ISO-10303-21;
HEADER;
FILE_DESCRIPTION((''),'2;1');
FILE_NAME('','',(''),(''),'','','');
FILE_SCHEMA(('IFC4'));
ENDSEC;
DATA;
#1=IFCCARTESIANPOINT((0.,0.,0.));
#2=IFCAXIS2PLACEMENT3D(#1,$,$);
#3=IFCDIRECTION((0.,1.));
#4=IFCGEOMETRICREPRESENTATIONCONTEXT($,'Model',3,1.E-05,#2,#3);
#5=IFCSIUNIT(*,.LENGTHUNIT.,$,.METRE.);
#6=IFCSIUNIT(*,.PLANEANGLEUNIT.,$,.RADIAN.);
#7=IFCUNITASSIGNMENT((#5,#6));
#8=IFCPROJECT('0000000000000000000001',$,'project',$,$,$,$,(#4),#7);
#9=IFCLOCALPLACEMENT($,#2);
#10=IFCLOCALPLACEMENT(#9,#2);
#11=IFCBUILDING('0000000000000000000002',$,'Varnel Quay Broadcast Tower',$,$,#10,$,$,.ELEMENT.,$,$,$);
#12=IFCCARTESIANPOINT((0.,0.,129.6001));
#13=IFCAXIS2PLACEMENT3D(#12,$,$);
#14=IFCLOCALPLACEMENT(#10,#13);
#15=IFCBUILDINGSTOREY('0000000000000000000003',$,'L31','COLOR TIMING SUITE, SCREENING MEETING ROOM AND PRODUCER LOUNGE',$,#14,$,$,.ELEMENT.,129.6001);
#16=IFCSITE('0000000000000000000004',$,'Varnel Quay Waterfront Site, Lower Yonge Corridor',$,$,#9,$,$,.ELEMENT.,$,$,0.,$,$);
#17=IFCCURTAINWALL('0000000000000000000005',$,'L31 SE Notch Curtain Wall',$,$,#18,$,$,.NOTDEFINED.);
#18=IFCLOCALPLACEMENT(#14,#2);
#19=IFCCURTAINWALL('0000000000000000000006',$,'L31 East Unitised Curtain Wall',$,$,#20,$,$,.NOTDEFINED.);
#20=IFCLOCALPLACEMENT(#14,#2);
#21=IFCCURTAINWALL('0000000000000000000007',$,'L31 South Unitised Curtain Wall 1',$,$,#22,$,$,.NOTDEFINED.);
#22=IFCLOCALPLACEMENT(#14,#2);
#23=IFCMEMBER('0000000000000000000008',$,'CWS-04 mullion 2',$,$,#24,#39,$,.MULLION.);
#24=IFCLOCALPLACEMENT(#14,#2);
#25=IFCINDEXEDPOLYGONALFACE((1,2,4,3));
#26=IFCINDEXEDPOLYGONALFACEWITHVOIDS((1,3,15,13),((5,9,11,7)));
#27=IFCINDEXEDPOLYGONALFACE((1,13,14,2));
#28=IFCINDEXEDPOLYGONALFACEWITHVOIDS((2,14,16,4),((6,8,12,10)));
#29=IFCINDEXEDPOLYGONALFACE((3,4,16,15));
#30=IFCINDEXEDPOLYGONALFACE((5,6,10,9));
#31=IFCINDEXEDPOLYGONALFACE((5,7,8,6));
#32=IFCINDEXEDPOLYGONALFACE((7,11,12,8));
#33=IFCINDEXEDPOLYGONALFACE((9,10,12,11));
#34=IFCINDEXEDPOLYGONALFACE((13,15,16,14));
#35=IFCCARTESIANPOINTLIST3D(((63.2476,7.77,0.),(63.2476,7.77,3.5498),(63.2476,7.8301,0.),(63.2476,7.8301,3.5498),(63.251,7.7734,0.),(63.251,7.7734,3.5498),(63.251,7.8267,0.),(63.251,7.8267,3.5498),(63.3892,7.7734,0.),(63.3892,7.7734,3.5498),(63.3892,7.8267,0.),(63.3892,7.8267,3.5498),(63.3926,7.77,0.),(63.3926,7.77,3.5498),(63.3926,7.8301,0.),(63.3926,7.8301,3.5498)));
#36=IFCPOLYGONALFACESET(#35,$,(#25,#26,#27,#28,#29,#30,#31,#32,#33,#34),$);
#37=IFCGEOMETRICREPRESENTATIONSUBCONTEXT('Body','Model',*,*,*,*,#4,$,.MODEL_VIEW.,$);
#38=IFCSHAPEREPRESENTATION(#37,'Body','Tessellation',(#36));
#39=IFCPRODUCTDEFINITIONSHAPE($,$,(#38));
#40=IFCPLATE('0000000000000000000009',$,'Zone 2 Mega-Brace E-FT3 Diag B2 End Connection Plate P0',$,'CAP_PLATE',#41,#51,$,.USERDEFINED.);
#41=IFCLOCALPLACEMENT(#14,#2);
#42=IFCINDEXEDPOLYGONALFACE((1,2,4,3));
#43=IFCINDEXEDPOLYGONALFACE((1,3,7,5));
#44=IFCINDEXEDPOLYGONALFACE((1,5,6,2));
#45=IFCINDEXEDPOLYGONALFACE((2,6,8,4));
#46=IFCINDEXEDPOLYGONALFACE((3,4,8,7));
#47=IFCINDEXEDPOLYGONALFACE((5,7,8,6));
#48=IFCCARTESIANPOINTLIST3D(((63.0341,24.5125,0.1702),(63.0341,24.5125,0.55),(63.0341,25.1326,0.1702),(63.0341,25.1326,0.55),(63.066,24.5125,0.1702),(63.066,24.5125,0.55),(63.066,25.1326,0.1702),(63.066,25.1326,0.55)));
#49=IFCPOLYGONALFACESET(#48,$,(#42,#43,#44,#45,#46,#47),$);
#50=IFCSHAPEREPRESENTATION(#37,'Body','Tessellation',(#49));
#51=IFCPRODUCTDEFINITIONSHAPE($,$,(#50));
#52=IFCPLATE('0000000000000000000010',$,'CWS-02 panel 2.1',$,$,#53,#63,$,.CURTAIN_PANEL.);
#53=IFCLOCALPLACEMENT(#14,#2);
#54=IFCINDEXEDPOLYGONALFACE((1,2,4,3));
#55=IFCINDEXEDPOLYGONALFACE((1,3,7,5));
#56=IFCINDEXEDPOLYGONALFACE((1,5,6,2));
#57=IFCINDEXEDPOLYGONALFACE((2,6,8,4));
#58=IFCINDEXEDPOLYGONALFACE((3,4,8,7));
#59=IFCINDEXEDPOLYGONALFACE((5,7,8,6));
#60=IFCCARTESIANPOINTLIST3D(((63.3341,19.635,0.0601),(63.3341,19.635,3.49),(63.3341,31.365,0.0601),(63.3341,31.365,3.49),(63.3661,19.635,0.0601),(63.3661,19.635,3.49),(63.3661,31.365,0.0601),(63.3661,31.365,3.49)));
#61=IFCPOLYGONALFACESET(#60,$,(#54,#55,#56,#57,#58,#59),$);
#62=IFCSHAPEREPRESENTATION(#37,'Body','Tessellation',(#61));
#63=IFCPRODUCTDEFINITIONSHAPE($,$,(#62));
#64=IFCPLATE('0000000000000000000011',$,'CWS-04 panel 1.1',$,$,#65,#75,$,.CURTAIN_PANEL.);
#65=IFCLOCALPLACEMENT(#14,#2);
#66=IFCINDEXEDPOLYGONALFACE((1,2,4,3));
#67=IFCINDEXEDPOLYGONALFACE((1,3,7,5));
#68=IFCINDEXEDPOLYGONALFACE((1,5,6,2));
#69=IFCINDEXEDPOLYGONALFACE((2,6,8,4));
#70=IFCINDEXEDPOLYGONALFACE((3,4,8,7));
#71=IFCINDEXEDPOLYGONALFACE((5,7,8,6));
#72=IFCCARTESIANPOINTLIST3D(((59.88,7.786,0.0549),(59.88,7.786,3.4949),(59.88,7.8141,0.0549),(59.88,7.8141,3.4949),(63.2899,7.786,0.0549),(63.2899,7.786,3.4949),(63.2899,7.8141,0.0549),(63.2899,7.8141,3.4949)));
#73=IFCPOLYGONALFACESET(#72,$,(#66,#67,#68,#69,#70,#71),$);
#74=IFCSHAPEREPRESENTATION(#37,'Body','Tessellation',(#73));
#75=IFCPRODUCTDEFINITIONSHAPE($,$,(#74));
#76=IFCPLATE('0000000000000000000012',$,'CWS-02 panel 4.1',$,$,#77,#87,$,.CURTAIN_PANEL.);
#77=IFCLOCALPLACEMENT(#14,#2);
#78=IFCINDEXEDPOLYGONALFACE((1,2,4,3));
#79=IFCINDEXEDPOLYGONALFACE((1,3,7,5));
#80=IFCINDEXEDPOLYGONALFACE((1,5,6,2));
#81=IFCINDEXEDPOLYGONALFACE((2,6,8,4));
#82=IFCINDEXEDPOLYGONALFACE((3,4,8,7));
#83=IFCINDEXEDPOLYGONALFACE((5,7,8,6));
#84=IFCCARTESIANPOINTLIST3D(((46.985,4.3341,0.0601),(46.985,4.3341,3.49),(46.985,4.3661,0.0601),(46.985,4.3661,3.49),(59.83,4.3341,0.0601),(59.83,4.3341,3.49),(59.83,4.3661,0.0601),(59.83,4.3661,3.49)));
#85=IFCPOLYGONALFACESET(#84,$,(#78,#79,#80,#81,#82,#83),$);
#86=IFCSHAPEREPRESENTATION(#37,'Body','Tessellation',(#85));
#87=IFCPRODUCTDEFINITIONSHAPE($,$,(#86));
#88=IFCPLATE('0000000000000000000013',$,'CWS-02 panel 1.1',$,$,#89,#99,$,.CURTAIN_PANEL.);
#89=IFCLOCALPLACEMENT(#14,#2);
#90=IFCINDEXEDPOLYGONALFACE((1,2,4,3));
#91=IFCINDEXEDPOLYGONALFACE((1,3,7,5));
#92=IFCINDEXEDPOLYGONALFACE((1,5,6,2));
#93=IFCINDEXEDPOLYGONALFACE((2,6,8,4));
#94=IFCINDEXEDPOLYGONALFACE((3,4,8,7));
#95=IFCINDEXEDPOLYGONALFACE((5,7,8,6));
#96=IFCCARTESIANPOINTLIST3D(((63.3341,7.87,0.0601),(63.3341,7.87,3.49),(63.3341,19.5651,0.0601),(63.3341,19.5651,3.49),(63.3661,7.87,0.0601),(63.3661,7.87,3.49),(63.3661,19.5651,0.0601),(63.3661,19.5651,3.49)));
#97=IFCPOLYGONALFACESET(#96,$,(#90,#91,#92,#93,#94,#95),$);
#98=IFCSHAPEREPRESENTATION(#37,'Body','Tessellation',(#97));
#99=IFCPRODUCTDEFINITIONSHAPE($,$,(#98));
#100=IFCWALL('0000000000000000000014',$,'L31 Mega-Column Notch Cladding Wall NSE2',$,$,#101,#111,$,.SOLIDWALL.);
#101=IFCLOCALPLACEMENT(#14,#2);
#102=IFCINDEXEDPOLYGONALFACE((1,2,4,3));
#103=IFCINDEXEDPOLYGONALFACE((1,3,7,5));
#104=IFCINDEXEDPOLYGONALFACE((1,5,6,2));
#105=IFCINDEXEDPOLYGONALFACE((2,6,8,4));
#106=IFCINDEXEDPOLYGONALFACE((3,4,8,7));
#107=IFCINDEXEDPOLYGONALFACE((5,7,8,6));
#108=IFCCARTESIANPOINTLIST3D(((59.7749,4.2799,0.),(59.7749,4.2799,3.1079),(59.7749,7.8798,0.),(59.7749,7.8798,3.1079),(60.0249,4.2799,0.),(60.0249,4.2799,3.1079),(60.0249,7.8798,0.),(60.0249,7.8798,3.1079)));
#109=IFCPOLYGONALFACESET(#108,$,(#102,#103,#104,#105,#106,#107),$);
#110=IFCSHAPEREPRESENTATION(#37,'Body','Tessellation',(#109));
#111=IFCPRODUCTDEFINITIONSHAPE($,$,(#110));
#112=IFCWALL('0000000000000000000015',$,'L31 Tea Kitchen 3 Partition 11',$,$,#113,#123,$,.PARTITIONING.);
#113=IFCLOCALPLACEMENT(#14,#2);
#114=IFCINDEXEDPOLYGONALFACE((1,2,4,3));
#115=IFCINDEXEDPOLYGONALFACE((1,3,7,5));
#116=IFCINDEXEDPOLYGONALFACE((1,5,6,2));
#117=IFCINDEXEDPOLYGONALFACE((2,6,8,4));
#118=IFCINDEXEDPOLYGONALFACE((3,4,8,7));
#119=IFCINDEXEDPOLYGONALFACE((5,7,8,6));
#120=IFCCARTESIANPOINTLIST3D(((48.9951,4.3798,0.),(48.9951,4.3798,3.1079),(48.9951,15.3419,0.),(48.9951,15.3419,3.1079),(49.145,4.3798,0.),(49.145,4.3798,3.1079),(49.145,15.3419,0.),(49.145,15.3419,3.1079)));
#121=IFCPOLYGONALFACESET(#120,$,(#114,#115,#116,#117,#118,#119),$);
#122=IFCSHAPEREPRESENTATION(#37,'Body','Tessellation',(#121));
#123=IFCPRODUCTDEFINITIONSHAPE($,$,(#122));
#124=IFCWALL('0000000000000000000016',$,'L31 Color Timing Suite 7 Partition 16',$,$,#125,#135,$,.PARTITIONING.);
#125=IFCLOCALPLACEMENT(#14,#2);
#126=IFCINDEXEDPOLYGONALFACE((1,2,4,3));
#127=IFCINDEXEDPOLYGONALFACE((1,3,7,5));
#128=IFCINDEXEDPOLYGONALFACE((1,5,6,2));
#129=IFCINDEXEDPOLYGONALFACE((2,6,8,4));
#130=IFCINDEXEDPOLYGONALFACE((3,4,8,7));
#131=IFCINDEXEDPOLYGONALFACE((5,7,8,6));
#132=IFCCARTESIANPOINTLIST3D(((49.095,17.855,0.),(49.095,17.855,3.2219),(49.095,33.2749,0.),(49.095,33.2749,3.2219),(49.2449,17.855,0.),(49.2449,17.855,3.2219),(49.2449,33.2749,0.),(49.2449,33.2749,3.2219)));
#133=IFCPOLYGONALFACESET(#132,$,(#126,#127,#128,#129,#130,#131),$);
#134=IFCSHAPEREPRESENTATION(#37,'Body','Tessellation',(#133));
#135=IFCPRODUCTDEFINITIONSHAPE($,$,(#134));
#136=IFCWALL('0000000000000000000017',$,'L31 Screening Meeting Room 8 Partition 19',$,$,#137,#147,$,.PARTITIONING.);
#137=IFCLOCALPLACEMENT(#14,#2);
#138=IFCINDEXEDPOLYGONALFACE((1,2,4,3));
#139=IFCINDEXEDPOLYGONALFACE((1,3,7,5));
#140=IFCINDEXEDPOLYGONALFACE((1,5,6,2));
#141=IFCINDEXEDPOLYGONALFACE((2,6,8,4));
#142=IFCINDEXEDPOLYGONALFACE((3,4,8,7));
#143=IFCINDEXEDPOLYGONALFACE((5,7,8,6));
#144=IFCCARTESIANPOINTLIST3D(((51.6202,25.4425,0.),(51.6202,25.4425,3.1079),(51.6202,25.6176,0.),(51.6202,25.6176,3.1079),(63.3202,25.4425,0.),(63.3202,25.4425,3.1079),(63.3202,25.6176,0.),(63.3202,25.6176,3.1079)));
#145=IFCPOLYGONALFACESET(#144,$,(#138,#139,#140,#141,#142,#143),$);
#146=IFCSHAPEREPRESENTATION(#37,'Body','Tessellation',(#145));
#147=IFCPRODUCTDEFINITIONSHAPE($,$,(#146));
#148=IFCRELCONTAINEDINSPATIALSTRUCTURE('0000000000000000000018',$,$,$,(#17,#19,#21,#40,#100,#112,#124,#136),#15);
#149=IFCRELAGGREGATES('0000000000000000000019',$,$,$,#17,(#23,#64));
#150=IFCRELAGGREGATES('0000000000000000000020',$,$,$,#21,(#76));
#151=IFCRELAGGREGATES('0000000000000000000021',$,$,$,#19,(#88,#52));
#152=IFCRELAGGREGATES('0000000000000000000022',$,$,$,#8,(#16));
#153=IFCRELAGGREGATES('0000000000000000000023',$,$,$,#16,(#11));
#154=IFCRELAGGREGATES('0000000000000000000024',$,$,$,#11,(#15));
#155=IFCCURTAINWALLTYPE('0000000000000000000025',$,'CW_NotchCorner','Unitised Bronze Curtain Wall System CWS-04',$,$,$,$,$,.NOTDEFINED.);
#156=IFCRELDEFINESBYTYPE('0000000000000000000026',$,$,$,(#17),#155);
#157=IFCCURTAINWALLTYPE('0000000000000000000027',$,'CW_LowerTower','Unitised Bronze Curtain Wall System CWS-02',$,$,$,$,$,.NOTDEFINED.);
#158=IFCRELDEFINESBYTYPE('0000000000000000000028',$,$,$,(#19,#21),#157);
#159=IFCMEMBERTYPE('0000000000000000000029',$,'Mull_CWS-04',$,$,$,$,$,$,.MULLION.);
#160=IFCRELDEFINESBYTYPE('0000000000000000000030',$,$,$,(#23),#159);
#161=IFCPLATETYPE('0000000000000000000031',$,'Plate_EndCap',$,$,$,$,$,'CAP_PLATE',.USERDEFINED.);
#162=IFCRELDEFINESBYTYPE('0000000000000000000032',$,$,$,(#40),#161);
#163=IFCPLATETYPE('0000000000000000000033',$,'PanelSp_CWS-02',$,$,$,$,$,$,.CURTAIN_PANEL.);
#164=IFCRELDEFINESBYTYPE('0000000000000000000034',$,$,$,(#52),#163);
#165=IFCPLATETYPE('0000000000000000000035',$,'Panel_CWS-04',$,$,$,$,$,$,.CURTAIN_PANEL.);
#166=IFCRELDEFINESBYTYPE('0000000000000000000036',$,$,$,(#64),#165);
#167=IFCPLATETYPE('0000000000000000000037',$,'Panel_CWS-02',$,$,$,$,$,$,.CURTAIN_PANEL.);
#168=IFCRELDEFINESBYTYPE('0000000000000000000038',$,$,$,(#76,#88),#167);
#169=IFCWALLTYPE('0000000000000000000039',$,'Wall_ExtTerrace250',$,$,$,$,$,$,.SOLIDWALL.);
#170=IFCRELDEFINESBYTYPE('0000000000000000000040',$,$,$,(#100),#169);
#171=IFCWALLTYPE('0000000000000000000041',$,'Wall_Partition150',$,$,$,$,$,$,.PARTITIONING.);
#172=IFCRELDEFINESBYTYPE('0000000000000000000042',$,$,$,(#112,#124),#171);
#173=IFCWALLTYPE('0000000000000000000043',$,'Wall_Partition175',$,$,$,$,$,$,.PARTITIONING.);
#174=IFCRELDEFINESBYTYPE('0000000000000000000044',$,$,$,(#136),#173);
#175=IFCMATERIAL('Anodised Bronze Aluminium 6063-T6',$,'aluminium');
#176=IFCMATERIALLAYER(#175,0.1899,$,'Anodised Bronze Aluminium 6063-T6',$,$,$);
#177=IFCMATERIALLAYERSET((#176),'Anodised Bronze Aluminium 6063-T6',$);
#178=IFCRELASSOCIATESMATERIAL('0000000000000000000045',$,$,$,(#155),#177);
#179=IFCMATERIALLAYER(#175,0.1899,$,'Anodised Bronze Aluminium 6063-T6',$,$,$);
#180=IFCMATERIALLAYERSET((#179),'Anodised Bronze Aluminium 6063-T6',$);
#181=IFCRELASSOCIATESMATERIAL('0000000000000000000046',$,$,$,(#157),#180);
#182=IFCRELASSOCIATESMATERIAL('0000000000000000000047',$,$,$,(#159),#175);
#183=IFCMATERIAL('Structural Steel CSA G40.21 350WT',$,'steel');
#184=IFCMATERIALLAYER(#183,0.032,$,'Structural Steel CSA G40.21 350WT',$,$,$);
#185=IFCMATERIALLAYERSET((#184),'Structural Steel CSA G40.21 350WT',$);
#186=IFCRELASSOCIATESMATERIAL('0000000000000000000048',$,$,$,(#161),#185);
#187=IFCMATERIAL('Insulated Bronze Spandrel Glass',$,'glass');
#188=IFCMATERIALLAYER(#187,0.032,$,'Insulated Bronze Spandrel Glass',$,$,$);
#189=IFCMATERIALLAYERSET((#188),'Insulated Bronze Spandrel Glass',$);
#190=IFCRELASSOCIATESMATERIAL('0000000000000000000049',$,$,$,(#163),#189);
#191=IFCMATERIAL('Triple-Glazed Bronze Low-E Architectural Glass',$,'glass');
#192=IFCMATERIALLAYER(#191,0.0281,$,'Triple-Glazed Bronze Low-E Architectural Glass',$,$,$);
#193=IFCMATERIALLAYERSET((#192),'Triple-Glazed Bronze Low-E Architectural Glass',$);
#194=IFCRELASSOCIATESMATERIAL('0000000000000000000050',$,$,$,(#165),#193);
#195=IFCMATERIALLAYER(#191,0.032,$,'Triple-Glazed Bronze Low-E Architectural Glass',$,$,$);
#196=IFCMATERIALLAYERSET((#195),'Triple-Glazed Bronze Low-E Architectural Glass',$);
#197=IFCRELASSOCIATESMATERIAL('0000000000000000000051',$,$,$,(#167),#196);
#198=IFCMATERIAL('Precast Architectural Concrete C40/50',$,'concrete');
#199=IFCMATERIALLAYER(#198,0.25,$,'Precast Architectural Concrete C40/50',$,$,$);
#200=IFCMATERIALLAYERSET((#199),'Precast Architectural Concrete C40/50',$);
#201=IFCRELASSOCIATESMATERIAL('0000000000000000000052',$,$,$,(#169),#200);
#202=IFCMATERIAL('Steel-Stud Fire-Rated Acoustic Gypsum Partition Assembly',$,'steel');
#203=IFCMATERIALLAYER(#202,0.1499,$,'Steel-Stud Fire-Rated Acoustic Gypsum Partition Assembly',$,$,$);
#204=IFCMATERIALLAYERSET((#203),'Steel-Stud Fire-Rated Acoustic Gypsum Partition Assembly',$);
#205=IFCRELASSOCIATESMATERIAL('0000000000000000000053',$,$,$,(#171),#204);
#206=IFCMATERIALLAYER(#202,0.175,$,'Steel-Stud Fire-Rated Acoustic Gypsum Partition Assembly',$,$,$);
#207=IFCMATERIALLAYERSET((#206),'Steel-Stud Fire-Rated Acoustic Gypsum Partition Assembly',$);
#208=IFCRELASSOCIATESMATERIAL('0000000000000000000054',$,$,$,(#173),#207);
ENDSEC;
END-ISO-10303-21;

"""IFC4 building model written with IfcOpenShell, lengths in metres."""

from ifc_helpers import new_model, si_unit, direction, frame, frame_2d, origin, origin_2d, place, context, subcontext, project, spatial, rectangle, hollow_rectangle, extrude, source, transform, mapped, material, layer, layer_set, material_profile, profile_set, type_object, type_shapes, element, aggregate, save


model = new_model("IFC4")

# Units and contexts
model_context = context("Model", 3, precision=1e-05, world=origin(), true_north=direction((0.0, 1.0)))
body_context = subcontext(model_context, "Body", "Model", "MODEL_VIEW")
ifc_project = project(units=[si_unit("LENGTHUNIT", "METRE"), si_unit("PLANEANGLEUNIT", "RADIAN")], contexts=[model_context])

# Site, building, storey
site_placement = place(None, origin())
site = spatial("IfcSite", under=ifc_project, at=site_placement, Name="Varnel Quay Waterfront Site, Lower Yonge Corridor", CompositionType="ELEMENT", RefElevation=0.0)
building_placement = place(site_placement, origin())
building = spatial("IfcBuilding", under=site, at=building_placement, Name="Varnel Quay Broadcast Tower", CompositionType="ELEMENT")
storey_placement = place(building_placement, frame((0.0, 0.0, 129.6001)))
storey = spatial("IfcBuildingStorey", under=building, at=storey_placement, Name="L31", Description="COLOR TIMING SUITE, SCREENING MEETING ROOM AND PRODUCER LOUNGE", CompositionType="ELEMENT", Elevation=129.6001)

# Shared definitions
ifc_material_1 = material(Name="Structural Steel CSA G40.21 350WT", Category="steel")

# Curtain walls
ifc_material_2 = material(Name="Anodised Bronze Aluminium 6063-T6", Category="aluminium")
ifc_layer_1 = layer(ifc_material_2, 0.1899, Name="Anodised Bronze Aluminium 6063-T6")
ifc_layer_set_1 = layer_set([ifc_layer_1], Name="Anodised Bronze Aluminium 6063-T6")
curtain_wall_type_1 = type_object("IfcCurtainWallType", Name="CW_NotchCorner", Description="Unitised Bronze Curtain Wall System CWS-04", PredefinedType="NOTDEFINED", material=ifc_layer_set_1)
curtain_wall_1_placement = place(storey_placement, origin())
curtain_wall_1 = element("IfcCurtainWall", 1, at=curtain_wall_1_placement, inside=storey, type_object=curtain_wall_type_1, Name="L31 SE Notch Curtain Wall", PredefinedType="NOTDEFINED")
ifc_layer_2 = layer(ifc_material_2, 0.1899, Name="Anodised Bronze Aluminium 6063-T6")
ifc_layer_set_2 = layer_set([ifc_layer_2], Name="Anodised Bronze Aluminium 6063-T6")
curtain_wall_type_2 = type_object("IfcCurtainWallType", Name="CW_LowerTower", Description="Unitised Bronze Curtain Wall System CWS-02", PredefinedType="NOTDEFINED", material=ifc_layer_set_2)
curtain_wall_2_placement = place(storey_placement, origin())
curtain_wall_2 = element("IfcCurtainWall", 2, at=curtain_wall_2_placement, inside=storey, type_object=curtain_wall_type_2, Name="L31 East Unitised Curtain Wall", PredefinedType="NOTDEFINED")

# Curtain wall
curtain_wall_3_placement = place(storey_placement, origin())
curtain_wall_3 = element("IfcCurtainWall", 3, at=curtain_wall_3_placement, inside=storey, type_object=curtain_wall_type_2, Name="L31 South Unitised Curtain Wall 1", PredefinedType="NOTDEFINED")

# Member
ifc_material_profile_1 = material_profile(ifc_material_2, hollow_rectangle(XDim=0.0601, YDim=0.145, WallThickness=0.0034, at=origin_2d()), Name="ALU60X145X3.5")
ifc_profile_set_1 = profile_set([ifc_material_profile_1], Name="Anodised Bronze Aluminium 6063-T6")
member_type_1 = type_object("IfcMemberType", Name="Mull_CWS-04", PredefinedType="MULLION", material=ifc_profile_set_1)
shared_shape_1 = source(origin(), body_context, "Body", "SweptSolid", [
    extrude(hollow_rectangle(XDim=0.0601, YDim=0.145, WallThickness=0.0034, at=origin_2d()), origin(), (0.0, 0.0, 1.0), 3.5498),
])
type_shapes(member_type_1, [shared_shape_1])
member_1_placement = place(storey_placement, frame((63.3201, 7.8, 0.0), z_axis=(0.0, 0.0, 1.0), x_axis=(0.0, 1.0, 0.0)))
member_1 = element("IfcMember", 4, at=member_1_placement, type_object=member_type_1, Name="CWS-04 mullion 2", PredefinedType="MULLION", context=body_context, shape_type="MappedRepresentation", body=[
    mapped(shared_shape_1, transform((0.0, 0.0, 0.0), x_axis=(1.0, 0.0, 0.0), y_axis=(0.0, 1.0, 0.0), z_axis=(0.0, 0.0, 1.0), scale=1.0)),
])

# Plates
ifc_layer_3 = layer(ifc_material_1, 0.032, Name="Structural Steel CSA G40.21 350WT")
ifc_layer_set_3 = layer_set([ifc_layer_3], Name="Structural Steel CSA G40.21 350WT")
plate_type_1 = type_object("IfcPlateType", Name="Plate_EndCap", ElementType="CAP_PLATE", PredefinedType="USERDEFINED", material=ifc_layer_set_3)
shared_shape_2 = source(origin(), body_context, "Body", "SweptSolid", [
    extrude(rectangle(XDim=0.6201, YDim=0.032, at=origin_2d()), origin(), (0.0, 0.0, 1.0), 0.3799),
])
type_shapes(plate_type_1, [shared_shape_2])
plate_1_placement = place(storey_placement, frame((63.05, 24.8225, 0.1702), z_axis=(0.0, 0.0, 1.0), x_axis=(0.0, 1.0, 0.0)))
element("IfcPlate", 5, at=plate_1_placement, inside=storey, type_object=plate_type_1, Name="Zone 2 Mega-Brace E-FT3 Diag B2 End Connection Plate P0", ObjectType="CAP_PLATE", PredefinedType="USERDEFINED", context=body_context, shape_type="MappedRepresentation", body=[
    mapped(shared_shape_2, transform((0.0, 0.0, 0.0), x_axis=(1.0, 0.0, 0.0), y_axis=(0.0, 1.0, 0.0), z_axis=(0.0, 0.0, 1.0), scale=1.0)),
])
ifc_material_3 = material(Name="Insulated Bronze Spandrel Glass", Category="glass")
ifc_layer_4 = layer(ifc_material_3, 0.032, Name="Insulated Bronze Spandrel Glass")
ifc_layer_set_4 = layer_set([ifc_layer_4], Name="Insulated Bronze Spandrel Glass")
plate_type_2 = type_object("IfcPlateType", Name="PanelSp_CWS-02", PredefinedType="CURTAIN_PANEL", material=ifc_layer_set_4)
shared_shape_3 = source(origin(), body_context, "Body", "SweptSolid", [
    extrude(rectangle(XDim=11.73, YDim=0.032, at=origin_2d()), origin(), (0.0, 0.0, 1.0), 3.4299),
])
type_shapes(plate_type_2, [shared_shape_3])
plate_2_placement = place(storey_placement, frame((63.3501, 25.5, 0.0601), z_axis=(0.0, 0.0, 1.0), x_axis=(0.0, 1.0, 0.0)))
plate_2 = element("IfcPlate", 6, at=plate_2_placement, type_object=plate_type_2, Name="CWS-02 panel 2.1", PredefinedType="CURTAIN_PANEL", context=body_context, shape_type="MappedRepresentation", body=[
    mapped(shared_shape_3, transform((0.0, 0.0, 0.0), x_axis=(1.0, 0.0, 0.0), y_axis=(0.0, 1.0, 0.0), z_axis=(0.0, 0.0, 1.0), scale=1.0)),
])
ifc_material_4 = material(Name="Triple-Glazed Bronze Low-E Architectural Glass", Category="glass")
ifc_layer_5 = layer(ifc_material_4, 0.0281, Name="Triple-Glazed Bronze Low-E Architectural Glass")
ifc_layer_set_5 = layer_set([ifc_layer_5], Name="Triple-Glazed Bronze Low-E Architectural Glass")
plate_type_3 = type_object("IfcPlateType", Name="Panel_CWS-04", PredefinedType="CURTAIN_PANEL", material=ifc_layer_set_5)
shared_shape_4 = source(origin(), body_context, "Body", "SweptSolid", [
    extrude(rectangle(XDim=3.4099, YDim=0.0281, at=origin_2d()), origin(), (0.0, 0.0, 1.0), 3.4399),
])
type_shapes(plate_type_3, [shared_shape_4])
plate_3_placement = place(storey_placement, frame((61.585, 7.8, 0.0549), z_axis=(0.0, 0.0, 1.0), x_axis=(1.0, 0.0, 0.0)))
plate_3 = element("IfcPlate", 7, at=plate_3_placement, type_object=plate_type_3, Name="CWS-04 panel 1.1", PredefinedType="CURTAIN_PANEL", context=body_context, shape_type="MappedRepresentation", body=[
    mapped(shared_shape_4, transform((0.0, 0.0, 0.0), x_axis=(1.0, 0.0, 0.0), y_axis=(0.0, 1.0, 0.0), z_axis=(0.0, 0.0, 1.0), scale=1.0)),
])
aggregate(curtain_wall_1, [member_1, plate_3])
ifc_layer_6 = layer(ifc_material_4, 0.032, Name="Triple-Glazed Bronze Low-E Architectural Glass")
ifc_layer_set_6 = layer_set([ifc_layer_6], Name="Triple-Glazed Bronze Low-E Architectural Glass")
plate_type_4 = type_object("IfcPlateType", Name="Panel_CWS-02", PredefinedType="CURTAIN_PANEL", material=ifc_layer_set_6)
shared_shape_5 = source(origin(), body_context, "Body", "SweptSolid", [
    extrude(rectangle(XDim=12.845, YDim=0.032, at=origin_2d()), origin(), (0.0, 0.0, 1.0), 3.4299),
])
plate_4_placement = place(storey_placement, frame((53.4075, 4.3501, 0.0601), z_axis=(0.0, 0.0, 1.0), x_axis=(1.0, 0.0, 0.0)))
plate_4 = element("IfcPlate", 8, at=plate_4_placement, type_object=plate_type_4, Name="CWS-02 panel 4.1", PredefinedType="CURTAIN_PANEL", context=body_context, shape_type="MappedRepresentation", body=[
    mapped(shared_shape_5, transform((0.0, 0.0, 0.0), x_axis=(1.0, 0.0, 0.0), y_axis=(0.0, 1.0, 0.0), z_axis=(0.0, 0.0, 1.0), scale=1.0)),
])
aggregate(curtain_wall_3, [plate_4])
shared_shape_6 = source(origin(), body_context, "Body", "SweptSolid", [
    extrude(rectangle(XDim=11.6951, YDim=0.032, at=origin_2d()), origin(), (0.0, 0.0, 1.0), 3.4299),
])
type_shapes(plate_type_4, [shared_shape_5, shared_shape_6])
plate_5_placement = place(storey_placement, frame((63.3501, 13.7175, 0.0601), z_axis=(0.0, 0.0, 1.0), x_axis=(0.0, 1.0, 0.0)))
plate_5 = element("IfcPlate", 9, at=plate_5_placement, type_object=plate_type_4, Name="CWS-02 panel 1.1", PredefinedType="CURTAIN_PANEL", context=body_context, shape_type="MappedRepresentation", body=[
    mapped(shared_shape_6, transform((0.0, 0.0, 0.0), x_axis=(1.0, 0.0, 0.0), y_axis=(0.0, 1.0, 0.0), z_axis=(0.0, 0.0, 1.0), scale=1.0)),
])
aggregate(curtain_wall_2, [plate_5, plate_2])

# Walls
ifc_material_5 = material(Name="Precast Architectural Concrete C40/50", Category="concrete")
ifc_layer_7 = layer(ifc_material_5, 0.25, Name="Precast Architectural Concrete C40/50")
ifc_layer_set_7 = layer_set([ifc_layer_7], Name="Precast Architectural Concrete C40/50")
wall_type_1 = type_object("IfcWallType", Name="Wall_ExtTerrace250", PredefinedType="SOLIDWALL", material=ifc_layer_set_7)
wall_1_placement = place(storey_placement, frame((59.8999, 4.28, 0.0), z_axis=(0.0, 0.0, 1.0), x_axis=(0.0, 1.0, 0.0)))
element("IfcWall", 10, at=wall_1_placement, inside=storey, type_object=wall_type_1, Name="L31 Mega-Column Notch Cladding Wall NSE2", PredefinedType="SOLIDWALL", context=body_context, shape_type="SweptSolid", body=[
    extrude(rectangle(XDim=3.5999, YDim=0.25, at=frame_2d((1.7998, 0.0))), origin(), (0.0, 0.0, 1.0), 3.1079),
])
ifc_material_6 = material(Name="Steel-Stud Fire-Rated Acoustic Gypsum Partition Assembly", Category="steel")
ifc_layer_8 = layer(ifc_material_6, 0.1499, Name="Steel-Stud Fire-Rated Acoustic Gypsum Partition Assembly")
ifc_layer_set_8 = layer_set([ifc_layer_8], Name="Steel-Stud Fire-Rated Acoustic Gypsum Partition Assembly")
wall_type_2 = type_object("IfcWallType", Name="Wall_Partition150", PredefinedType="PARTITIONING", material=ifc_layer_set_8)
wall_2_placement = place(storey_placement, frame((49.0701, 4.3799, 0.0), z_axis=(0.0, 0.0, 1.0), x_axis=(0.0, 1.0, 0.0)))
element("IfcWall", 11, at=wall_2_placement, inside=storey, type_object=wall_type_2, Name="L31 Tea Kitchen 3 Partition 11", PredefinedType="PARTITIONING", context=body_context, shape_type="SweptSolid", body=[
    extrude(rectangle(XDim=10.9622, YDim=0.1499, at=frame_2d((5.481, 0.0))), origin(), (0.0, 0.0, 1.0), 3.1079),
])
wall_3_placement = place(storey_placement, frame((49.1699, 17.855, 0.0), z_axis=(0.0, 0.0, 1.0), x_axis=(0.0, 1.0, 0.0)))
element("IfcWall", 12, at=wall_3_placement, inside=storey, type_object=wall_type_2, Name="L31 Color Timing Suite 7 Partition 16", PredefinedType="PARTITIONING", context=body_context, shape_type="SweptSolid", body=[
    extrude(rectangle(XDim=15.4199, YDim=0.1499, at=frame_2d((7.71, 0.0))), origin(), (0.0, 0.0, 1.0), 3.2219),
])
ifc_layer_9 = layer(ifc_material_6, 0.175, Name="Steel-Stud Fire-Rated Acoustic Gypsum Partition Assembly")
ifc_layer_set_9 = layer_set([ifc_layer_9], Name="Steel-Stud Fire-Rated Acoustic Gypsum Partition Assembly")
wall_type_3 = type_object("IfcWallType", Name="Wall_Partition175", PredefinedType="PARTITIONING", material=ifc_layer_set_9)
wall_4_placement = place(storey_placement, frame((51.6201, 25.53, 0.0), z_axis=(0.0, 0.0, 1.0), x_axis=(1.0, 0.0, 0.0)))
element("IfcWall", 13, at=wall_4_placement, inside=storey, type_object=wall_type_3, Name="L31 Screening Meeting Room 8 Partition 19", PredefinedType="PARTITIONING", context=body_context, shape_type="SweptSolid", body=[
    extrude(rectangle(XDim=11.7, YDim=0.175, at=frame_2d((5.8501, 0.0))), origin(), (0.0, 0.0, 1.0), 3.1079),
])

save(model, "model.ifc")
